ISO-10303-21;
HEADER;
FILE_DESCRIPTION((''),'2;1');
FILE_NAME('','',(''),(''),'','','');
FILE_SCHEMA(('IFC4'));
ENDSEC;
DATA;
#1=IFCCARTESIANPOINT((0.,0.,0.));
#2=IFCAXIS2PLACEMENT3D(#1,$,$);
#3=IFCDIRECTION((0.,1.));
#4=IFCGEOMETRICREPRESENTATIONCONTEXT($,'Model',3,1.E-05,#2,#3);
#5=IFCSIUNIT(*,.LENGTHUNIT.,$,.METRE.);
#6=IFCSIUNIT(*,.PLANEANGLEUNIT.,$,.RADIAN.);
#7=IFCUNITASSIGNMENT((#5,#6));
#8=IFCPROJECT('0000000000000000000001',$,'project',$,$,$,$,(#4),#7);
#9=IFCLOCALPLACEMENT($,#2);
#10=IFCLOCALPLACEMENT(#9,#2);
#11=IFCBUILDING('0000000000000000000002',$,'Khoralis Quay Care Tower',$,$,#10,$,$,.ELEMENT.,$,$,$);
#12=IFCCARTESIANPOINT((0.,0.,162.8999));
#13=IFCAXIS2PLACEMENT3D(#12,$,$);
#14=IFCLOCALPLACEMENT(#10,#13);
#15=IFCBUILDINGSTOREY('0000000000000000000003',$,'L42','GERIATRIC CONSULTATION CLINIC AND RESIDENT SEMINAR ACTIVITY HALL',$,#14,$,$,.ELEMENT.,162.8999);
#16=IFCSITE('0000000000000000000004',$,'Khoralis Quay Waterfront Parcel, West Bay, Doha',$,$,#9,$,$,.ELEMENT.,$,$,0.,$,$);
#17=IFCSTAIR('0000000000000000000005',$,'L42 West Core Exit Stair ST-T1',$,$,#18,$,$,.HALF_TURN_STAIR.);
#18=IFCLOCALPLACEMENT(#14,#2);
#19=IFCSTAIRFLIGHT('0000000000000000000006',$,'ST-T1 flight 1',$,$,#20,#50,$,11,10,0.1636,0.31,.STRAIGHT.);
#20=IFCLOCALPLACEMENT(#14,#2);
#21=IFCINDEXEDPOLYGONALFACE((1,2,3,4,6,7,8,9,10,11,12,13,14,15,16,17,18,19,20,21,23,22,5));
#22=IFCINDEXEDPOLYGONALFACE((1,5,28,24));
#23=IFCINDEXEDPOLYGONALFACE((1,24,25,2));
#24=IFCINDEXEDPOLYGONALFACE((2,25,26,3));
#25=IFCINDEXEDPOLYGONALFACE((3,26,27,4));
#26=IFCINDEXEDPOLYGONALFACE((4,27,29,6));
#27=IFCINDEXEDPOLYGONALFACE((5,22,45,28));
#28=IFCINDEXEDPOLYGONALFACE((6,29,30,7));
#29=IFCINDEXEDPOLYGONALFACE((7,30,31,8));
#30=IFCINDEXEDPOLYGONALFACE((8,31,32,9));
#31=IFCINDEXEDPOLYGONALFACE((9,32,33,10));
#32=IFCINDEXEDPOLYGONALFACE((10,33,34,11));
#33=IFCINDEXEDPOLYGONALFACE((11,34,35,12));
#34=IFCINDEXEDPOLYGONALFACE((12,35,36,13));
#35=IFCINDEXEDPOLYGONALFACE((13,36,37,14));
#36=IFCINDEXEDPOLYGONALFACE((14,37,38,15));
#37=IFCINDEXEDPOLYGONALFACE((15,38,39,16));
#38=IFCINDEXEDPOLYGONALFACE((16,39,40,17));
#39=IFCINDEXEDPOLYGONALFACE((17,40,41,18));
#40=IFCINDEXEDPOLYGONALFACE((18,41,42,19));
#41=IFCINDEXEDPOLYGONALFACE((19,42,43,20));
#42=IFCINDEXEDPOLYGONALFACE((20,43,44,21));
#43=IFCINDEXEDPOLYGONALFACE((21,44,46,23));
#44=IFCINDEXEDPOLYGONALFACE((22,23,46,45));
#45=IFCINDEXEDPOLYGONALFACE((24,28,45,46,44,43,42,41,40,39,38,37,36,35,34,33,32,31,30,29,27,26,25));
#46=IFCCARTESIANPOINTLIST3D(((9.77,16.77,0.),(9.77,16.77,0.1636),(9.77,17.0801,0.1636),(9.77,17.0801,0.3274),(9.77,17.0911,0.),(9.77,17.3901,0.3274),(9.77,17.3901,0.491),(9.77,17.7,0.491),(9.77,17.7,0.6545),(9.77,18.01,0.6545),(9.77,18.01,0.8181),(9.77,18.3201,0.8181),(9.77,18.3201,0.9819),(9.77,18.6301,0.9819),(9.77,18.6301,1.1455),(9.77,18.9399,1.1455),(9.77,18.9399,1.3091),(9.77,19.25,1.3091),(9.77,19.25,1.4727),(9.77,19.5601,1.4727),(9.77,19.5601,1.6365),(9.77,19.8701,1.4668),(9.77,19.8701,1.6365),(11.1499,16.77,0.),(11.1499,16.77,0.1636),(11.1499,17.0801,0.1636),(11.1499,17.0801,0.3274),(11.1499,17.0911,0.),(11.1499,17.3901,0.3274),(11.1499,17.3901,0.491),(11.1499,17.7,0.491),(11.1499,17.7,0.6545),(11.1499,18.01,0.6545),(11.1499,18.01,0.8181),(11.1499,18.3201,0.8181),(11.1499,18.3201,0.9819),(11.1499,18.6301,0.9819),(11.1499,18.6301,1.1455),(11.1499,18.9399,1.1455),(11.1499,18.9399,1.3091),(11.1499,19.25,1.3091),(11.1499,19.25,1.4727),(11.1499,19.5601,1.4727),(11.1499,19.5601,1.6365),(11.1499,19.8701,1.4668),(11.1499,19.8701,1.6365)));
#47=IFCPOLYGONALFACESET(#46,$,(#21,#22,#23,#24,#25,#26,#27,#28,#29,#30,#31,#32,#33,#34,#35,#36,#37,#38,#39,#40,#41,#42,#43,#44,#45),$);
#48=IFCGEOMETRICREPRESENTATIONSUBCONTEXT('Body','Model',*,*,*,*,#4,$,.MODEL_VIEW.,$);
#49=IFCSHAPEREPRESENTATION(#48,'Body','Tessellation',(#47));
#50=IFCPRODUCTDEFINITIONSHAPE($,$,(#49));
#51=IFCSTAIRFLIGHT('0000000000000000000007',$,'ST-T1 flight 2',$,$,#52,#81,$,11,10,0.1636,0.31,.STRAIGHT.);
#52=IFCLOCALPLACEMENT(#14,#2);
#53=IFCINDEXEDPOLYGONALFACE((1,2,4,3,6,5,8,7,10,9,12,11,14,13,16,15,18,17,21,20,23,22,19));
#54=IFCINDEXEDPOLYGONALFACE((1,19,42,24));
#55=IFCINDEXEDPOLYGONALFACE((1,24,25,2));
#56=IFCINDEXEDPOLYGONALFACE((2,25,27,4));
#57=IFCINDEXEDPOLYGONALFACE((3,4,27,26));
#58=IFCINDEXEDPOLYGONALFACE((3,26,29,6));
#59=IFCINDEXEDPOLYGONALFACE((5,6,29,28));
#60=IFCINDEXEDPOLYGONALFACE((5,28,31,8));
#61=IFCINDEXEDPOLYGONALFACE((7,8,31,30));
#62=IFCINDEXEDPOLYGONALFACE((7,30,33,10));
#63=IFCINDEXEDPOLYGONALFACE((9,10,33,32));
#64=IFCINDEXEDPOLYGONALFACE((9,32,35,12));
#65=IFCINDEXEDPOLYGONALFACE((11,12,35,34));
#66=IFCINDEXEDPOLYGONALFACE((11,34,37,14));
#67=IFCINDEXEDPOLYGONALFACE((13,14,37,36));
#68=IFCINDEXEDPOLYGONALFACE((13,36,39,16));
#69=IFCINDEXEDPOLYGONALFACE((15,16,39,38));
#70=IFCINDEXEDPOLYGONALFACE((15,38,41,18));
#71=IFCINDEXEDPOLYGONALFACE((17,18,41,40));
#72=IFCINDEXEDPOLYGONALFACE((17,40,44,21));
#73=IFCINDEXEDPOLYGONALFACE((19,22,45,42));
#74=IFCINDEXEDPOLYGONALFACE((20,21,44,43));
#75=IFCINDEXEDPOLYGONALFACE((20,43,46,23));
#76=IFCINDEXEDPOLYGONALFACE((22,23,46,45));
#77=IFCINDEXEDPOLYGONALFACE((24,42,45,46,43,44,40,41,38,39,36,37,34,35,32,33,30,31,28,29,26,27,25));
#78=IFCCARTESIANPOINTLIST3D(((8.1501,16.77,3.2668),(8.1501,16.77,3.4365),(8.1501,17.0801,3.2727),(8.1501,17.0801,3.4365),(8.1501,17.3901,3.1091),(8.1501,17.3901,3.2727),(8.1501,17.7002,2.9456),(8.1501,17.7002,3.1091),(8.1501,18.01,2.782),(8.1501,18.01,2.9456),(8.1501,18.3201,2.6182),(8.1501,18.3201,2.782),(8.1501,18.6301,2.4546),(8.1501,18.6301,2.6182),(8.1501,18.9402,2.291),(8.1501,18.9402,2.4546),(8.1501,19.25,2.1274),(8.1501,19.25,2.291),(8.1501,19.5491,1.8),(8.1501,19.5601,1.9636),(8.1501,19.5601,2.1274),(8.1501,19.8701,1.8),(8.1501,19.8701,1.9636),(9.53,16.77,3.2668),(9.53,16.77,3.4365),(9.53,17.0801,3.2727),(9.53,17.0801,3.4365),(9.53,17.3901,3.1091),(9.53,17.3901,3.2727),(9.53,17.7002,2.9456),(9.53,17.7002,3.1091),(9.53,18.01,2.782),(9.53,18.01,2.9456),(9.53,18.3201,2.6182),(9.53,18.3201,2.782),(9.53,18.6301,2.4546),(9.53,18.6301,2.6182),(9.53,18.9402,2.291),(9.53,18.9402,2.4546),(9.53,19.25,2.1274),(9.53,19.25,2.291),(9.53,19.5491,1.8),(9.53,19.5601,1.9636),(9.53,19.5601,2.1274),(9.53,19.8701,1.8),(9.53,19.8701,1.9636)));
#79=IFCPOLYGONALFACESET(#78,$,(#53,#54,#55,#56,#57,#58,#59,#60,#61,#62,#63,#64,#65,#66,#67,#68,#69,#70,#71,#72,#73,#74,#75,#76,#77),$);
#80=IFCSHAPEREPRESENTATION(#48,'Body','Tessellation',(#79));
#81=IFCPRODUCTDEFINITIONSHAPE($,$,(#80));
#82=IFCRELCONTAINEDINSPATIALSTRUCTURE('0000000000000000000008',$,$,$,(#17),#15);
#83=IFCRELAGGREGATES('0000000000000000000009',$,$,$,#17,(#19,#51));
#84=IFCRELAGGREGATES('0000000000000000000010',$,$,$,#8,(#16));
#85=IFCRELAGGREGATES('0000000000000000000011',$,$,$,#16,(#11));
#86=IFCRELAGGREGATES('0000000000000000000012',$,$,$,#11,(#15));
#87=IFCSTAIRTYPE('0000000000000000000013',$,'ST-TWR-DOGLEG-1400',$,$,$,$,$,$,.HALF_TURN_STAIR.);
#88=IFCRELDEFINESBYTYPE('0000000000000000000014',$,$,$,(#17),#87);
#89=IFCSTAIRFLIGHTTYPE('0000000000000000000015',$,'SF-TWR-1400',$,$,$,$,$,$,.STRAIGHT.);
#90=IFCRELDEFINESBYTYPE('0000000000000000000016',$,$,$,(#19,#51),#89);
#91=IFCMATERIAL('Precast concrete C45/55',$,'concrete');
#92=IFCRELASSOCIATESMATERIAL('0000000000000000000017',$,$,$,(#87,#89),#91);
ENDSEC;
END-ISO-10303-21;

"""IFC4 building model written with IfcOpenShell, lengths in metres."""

from ifc_helpers import new_model, si_unit, direction, frame, origin, place, context, subcontext, project, spatial, polyline, outline, extrude, source, transform, mapped, material, type_object, element, aggregate, save


model = new_model("IFC4")

# Units and contexts
model_context = context("Model", 3, precision=1e-05, world=origin(), true_north=direction((0.0, 1.0)))
body_context = subcontext(model_context, "Body", "Model", "MODEL_VIEW")
ifc_project = project(units=[si_unit("LENGTHUNIT", "METRE"), si_unit("PLANEANGLEUNIT", "RADIAN")], contexts=[model_context])

# Site, building, storey
site_placement = place(None, origin())
site = spatial("IfcSite", under=ifc_project, at=site_placement, Name="Khoralis Quay Waterfront Parcel, West Bay, Doha", CompositionType="ELEMENT", RefElevation=0.0)
building_placement = place(site_placement, origin())
building = spatial("IfcBuilding", under=site, at=building_placement, Name="Khoralis Quay Care Tower", CompositionType="ELEMENT")
storey_placement = place(building_placement, frame((0.0, 0.0, 162.8999)))
storey = spatial("IfcBuildingStorey", under=building, at=storey_placement, Name="L42", Description="GERIATRIC CONSULTATION CLINIC AND RESIDENT SEMINAR ACTIVITY HALL", CompositionType="ELEMENT", Elevation=162.8999)

# Stair, stair flights
ifc_material_1 = material(Name="Precast concrete C45/55", Category="concrete")
stair_type = type_object("IfcStairType", Name="ST-TWR-DOGLEG-1400", PredefinedType="HALF_TURN_STAIR", material=ifc_material_1)
stair_placement = place(storey_placement, origin())
stair = element("IfcStair", 1, at=stair_placement, inside=storey, type_object=stair_type, Name="L42 West Core Exit Stair ST-T1", PredefinedType="HALF_TURN_STAIR")
stair_flight_type = type_object("IfcStairFlightType", Name="SF-TWR-1400", PredefinedType="STRAIGHT", material=ifc_material_1)
shared_shape_1 = source(origin(), body_context, "Body", "SweptSolid", [
    extrude(outline(polyline([(0.0, 0.0), (0.0, 0.1636), (0.3101, 0.1636), (0.3101, 0.3274), (0.6201, 0.3274), (0.6201, 0.491), (0.9299, 0.491), (0.9299, 0.6545), (1.24, 0.6545), (1.24, 0.8181), (1.55, 0.8181), (1.55, 0.9819), (1.8601, 0.9819), (1.8601, 1.1455), (2.1699, 1.1455), (2.1699, 1.3091), (2.48, 1.3091), (2.48, 1.4727), (2.79, 1.4727), (2.79, 1.6365), (3.1001, 1.6365), (3.1001, 1.8), (3.1001, 1.4668), (0.321, 0.0), (0.0, 0.0)])), frame((0.0, 0.6899, 0.0), z_axis=(0.0, -1.0, 0.0), x_axis=(1.0, 0.0, 0.0)), (0.0, 0.0, 1.0), 1.3799),
])
stair_flight_1_placement = place(storey_placement, frame((10.46, 16.77, 0.0), z_axis=(0.0, 0.0, 1.0), x_axis=(0.0, 1.0, 0.0)))
stair_flight_1 = element("IfcStairFlight", 2, at=stair_flight_1_placement, type_object=stair_flight_type, Name="ST-T1 flight 1", NumberOfRisers=11, NumberOfTreads=10, PredefinedType="STRAIGHT", RiserHeight=0.1636, TreadLength=0.31, context=body_context, shape_type="MappedRepresentation", body=[
    mapped(shared_shape_1, transform((0.0, 0.0, 0.0), scale=1.0)),
])
stair_flight_2_placement = place(storey_placement, frame((8.8401, 19.8701, 1.8), z_axis=(0.0, 0.0, 1.0), x_axis=(0.0, -1.0, 0.0)))
stair_flight_2 = element("IfcStairFlight", 3, at=stair_flight_2_placement, type_object=stair_flight_type, Name="ST-T1 flight 2", NumberOfRisers=11, NumberOfTreads=10, PredefinedType="STRAIGHT", RiserHeight=0.1636, TreadLength=0.31, context=body_context, shape_type="MappedRepresentation", body=[
    mapped(shared_shape_1, transform((0.0, 0.0, 0.0), scale=1.0)),
])
aggregate(stair, [stair_flight_1, stair_flight_2])

save(model, "model.ifc")
